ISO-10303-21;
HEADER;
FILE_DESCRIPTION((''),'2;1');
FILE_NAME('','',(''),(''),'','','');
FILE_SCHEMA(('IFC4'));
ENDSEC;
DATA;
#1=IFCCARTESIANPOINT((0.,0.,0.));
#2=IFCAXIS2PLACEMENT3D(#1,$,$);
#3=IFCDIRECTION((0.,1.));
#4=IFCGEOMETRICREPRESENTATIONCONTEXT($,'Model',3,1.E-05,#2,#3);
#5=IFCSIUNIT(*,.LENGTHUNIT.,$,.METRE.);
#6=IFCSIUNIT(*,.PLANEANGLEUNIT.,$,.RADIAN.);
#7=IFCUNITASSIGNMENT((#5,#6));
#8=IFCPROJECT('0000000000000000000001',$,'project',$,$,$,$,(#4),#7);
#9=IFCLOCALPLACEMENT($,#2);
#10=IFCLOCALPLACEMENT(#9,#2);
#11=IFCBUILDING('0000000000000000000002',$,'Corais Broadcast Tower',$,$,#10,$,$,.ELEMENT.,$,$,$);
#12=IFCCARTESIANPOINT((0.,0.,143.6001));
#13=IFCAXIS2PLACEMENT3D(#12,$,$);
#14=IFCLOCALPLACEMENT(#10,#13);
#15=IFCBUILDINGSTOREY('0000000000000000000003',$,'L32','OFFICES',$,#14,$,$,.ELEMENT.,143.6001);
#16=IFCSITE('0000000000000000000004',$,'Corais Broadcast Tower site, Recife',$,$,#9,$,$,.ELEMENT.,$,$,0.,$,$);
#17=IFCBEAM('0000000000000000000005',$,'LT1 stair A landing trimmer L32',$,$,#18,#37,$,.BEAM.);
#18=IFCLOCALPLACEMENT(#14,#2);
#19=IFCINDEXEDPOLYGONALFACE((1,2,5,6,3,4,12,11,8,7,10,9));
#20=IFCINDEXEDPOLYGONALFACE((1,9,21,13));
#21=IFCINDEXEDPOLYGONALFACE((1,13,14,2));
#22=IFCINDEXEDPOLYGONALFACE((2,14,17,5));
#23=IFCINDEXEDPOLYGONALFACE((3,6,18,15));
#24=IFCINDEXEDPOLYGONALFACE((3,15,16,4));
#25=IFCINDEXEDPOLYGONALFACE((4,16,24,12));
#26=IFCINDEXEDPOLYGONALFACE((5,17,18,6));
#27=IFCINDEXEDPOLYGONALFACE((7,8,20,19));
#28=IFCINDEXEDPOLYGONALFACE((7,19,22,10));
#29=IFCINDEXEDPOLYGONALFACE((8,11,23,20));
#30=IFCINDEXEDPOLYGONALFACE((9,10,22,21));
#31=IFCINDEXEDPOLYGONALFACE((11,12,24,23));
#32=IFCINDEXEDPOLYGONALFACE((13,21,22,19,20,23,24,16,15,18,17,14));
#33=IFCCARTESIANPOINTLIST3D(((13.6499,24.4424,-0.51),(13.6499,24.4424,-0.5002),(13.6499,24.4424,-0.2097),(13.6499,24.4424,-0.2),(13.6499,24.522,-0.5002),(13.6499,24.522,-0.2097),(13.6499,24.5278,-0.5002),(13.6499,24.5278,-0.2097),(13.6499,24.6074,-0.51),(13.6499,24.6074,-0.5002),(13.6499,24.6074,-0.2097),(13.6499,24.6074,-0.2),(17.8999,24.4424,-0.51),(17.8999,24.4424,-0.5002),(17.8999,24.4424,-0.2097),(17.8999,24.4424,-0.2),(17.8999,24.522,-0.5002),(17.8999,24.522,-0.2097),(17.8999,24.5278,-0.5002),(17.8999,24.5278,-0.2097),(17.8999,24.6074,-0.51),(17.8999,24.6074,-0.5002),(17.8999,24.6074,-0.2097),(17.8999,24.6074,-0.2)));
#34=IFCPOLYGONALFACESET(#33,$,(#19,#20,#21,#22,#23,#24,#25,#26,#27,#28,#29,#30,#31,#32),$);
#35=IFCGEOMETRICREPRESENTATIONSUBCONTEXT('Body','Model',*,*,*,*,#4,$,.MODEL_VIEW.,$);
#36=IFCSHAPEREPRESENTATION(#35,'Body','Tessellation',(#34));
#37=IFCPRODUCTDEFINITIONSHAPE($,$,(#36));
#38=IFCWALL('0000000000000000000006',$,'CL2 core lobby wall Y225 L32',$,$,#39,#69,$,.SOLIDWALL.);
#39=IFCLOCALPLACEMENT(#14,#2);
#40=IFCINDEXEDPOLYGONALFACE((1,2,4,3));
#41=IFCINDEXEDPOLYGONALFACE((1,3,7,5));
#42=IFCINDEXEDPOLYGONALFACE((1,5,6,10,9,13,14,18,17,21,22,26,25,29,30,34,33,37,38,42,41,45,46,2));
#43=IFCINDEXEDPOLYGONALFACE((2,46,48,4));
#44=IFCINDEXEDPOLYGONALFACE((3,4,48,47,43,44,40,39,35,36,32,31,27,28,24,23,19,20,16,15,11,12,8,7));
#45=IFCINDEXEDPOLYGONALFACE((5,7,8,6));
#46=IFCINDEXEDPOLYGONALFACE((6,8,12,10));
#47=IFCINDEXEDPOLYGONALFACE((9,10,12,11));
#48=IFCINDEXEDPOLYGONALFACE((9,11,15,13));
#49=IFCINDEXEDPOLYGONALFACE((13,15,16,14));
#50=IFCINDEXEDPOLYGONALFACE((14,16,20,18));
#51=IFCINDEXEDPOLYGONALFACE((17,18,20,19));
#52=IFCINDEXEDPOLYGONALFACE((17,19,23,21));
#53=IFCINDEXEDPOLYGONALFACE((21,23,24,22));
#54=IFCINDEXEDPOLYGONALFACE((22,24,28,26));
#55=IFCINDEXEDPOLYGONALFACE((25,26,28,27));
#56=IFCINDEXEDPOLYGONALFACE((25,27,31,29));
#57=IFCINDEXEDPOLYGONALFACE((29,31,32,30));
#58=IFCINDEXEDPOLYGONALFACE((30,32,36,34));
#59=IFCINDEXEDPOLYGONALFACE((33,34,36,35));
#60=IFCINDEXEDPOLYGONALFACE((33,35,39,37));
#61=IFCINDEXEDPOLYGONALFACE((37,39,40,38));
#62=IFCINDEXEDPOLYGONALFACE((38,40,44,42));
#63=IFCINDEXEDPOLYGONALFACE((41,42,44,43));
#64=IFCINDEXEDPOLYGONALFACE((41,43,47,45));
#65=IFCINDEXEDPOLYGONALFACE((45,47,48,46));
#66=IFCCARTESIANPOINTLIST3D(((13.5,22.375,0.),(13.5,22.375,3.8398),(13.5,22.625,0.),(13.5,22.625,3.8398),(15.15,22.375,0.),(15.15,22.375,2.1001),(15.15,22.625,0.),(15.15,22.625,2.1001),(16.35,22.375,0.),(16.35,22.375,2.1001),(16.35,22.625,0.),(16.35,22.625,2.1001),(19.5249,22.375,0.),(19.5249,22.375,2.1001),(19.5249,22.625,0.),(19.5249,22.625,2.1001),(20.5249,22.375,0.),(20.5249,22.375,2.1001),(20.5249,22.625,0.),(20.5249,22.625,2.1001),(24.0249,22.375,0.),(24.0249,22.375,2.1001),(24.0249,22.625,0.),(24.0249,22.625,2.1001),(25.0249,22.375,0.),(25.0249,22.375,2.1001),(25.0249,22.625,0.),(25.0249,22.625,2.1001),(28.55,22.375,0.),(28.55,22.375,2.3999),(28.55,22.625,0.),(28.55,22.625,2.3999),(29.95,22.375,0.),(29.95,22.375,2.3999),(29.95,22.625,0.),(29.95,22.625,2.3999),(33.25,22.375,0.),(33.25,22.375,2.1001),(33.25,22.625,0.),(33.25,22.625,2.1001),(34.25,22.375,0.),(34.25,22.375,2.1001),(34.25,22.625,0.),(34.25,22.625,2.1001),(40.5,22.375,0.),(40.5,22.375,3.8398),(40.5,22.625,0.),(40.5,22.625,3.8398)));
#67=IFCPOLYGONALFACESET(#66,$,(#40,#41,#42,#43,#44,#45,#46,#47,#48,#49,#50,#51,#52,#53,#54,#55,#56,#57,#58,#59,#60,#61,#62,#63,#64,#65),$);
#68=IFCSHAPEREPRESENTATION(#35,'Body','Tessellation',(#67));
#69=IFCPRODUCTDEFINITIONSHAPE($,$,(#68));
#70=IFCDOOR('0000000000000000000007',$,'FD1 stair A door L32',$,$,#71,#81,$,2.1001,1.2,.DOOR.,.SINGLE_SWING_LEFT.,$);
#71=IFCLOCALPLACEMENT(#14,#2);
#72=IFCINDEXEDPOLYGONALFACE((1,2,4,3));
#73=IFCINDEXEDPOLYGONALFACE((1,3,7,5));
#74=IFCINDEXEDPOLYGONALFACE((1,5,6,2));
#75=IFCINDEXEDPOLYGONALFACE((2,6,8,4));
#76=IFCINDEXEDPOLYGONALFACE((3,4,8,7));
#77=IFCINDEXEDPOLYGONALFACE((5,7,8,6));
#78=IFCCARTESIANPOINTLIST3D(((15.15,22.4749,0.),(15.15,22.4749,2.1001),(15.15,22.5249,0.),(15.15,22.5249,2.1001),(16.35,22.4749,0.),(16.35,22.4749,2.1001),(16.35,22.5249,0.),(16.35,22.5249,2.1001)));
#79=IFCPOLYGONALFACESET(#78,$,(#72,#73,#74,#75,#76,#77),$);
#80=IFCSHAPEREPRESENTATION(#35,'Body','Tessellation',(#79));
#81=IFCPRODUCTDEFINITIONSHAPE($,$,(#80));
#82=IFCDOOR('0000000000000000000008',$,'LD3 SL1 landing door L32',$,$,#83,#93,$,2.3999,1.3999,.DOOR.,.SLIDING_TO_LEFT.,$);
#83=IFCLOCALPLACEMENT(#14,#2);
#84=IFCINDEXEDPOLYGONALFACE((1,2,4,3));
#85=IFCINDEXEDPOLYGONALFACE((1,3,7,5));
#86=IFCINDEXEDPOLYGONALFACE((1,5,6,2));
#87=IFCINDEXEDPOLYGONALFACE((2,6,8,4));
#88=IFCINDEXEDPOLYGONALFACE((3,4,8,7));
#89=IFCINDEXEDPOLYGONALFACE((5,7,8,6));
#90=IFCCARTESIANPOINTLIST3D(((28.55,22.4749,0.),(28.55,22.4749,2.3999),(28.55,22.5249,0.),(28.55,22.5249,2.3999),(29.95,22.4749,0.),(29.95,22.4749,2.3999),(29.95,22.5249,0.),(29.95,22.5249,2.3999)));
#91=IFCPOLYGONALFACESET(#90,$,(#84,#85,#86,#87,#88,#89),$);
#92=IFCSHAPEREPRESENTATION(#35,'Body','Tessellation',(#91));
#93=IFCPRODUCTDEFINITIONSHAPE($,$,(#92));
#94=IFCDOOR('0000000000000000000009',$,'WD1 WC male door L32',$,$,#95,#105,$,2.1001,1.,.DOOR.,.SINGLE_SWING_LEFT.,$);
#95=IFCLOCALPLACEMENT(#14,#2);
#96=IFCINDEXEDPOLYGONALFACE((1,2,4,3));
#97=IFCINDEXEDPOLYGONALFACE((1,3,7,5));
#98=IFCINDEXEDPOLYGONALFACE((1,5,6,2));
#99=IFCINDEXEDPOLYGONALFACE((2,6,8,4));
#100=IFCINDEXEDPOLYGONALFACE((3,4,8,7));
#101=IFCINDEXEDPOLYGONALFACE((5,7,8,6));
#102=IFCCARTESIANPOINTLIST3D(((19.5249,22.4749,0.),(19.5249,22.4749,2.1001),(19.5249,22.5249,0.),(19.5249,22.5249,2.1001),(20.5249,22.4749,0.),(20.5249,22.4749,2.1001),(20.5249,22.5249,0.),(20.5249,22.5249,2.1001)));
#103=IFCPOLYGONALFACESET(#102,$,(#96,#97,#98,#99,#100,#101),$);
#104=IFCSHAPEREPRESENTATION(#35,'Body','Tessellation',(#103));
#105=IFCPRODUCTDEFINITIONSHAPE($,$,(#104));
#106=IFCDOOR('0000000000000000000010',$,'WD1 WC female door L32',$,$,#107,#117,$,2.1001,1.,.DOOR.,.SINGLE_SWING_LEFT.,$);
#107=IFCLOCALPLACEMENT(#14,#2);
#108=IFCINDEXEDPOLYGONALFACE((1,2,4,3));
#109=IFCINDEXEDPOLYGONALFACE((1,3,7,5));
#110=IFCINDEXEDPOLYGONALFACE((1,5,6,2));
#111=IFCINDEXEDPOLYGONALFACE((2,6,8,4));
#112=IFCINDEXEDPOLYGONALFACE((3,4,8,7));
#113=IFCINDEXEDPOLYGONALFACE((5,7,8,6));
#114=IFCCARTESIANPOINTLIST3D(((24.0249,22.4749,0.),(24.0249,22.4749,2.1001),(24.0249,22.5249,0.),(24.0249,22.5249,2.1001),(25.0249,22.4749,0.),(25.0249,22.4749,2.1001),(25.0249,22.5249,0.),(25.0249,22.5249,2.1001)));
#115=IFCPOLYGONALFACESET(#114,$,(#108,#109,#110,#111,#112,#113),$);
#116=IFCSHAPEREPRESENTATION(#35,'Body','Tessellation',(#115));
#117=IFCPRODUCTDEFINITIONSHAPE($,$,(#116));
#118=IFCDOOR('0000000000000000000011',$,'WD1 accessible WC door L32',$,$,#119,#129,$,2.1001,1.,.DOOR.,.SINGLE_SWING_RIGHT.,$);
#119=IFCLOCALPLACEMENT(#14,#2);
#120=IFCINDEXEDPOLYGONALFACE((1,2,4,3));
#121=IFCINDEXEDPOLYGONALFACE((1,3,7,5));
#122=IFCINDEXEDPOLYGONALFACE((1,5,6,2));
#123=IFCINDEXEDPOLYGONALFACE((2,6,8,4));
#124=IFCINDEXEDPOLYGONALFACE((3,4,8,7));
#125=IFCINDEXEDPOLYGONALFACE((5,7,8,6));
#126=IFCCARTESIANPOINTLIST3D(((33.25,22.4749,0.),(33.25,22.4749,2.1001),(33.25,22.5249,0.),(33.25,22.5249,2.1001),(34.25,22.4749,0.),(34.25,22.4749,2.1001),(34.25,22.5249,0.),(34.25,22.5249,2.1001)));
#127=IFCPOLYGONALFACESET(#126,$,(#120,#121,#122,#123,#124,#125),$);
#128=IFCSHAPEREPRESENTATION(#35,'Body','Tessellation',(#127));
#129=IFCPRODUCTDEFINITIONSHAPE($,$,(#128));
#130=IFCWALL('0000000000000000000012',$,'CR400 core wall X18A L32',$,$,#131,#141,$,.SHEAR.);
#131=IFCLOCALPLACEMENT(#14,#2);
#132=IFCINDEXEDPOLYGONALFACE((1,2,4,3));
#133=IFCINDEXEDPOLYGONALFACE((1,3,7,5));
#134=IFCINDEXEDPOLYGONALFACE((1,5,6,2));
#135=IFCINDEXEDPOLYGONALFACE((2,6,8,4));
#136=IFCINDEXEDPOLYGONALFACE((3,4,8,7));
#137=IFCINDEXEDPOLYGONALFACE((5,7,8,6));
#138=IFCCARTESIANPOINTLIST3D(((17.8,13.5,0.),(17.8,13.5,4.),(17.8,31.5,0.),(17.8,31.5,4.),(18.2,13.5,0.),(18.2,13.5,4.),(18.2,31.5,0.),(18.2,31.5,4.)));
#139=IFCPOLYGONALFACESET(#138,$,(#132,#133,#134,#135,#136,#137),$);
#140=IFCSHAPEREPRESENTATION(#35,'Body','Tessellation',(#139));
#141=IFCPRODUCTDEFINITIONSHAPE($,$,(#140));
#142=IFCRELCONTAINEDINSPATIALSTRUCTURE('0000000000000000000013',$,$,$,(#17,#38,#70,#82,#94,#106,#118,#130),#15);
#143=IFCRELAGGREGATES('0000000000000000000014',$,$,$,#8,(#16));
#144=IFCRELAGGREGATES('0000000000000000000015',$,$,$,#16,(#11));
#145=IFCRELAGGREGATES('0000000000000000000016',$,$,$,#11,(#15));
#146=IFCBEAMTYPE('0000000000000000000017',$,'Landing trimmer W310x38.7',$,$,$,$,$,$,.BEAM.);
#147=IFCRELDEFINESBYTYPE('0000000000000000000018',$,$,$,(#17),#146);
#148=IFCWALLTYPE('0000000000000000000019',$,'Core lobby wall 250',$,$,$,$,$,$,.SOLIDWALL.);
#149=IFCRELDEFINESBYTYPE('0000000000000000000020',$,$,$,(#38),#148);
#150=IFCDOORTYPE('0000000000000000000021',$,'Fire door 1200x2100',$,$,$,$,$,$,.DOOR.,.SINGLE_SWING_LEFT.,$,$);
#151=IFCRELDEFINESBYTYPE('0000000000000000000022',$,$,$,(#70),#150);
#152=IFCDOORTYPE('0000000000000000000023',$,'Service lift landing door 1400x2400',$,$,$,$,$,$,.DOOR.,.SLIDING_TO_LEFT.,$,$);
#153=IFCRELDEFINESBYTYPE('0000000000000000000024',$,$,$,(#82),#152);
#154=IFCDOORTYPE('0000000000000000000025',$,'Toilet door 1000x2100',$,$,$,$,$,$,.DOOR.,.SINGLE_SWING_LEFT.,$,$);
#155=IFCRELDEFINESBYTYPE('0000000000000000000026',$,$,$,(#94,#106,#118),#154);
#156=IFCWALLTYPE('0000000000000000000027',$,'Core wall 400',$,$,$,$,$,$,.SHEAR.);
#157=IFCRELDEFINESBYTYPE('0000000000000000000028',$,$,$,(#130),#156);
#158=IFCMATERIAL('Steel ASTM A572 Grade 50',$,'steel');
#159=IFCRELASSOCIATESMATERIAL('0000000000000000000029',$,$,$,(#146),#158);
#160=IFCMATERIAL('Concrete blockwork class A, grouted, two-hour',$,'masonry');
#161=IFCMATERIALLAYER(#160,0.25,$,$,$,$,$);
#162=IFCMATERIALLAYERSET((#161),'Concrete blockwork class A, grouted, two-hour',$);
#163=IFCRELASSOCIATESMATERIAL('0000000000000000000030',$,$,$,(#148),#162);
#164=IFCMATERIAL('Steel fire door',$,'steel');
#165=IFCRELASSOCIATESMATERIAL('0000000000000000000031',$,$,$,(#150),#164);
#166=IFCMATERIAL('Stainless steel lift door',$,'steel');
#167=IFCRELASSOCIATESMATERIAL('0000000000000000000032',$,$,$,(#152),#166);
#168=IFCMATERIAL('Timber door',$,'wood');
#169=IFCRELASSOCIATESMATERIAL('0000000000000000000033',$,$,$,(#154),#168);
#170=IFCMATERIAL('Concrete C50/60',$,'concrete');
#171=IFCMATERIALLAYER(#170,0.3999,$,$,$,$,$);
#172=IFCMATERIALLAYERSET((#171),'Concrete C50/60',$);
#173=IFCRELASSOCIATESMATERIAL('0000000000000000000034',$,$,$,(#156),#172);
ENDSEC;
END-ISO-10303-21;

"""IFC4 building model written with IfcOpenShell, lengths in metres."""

from ifc_helpers import new_model, si_unit, direction, frame, frame_2d, origin, origin_2d, place, context, subcontext, project, spatial, rectangle, i_section, extrude, material, layer, layer_set, material_profile, profile_set, type_object, element, fill, save


model = new_model("IFC4")

# Units and contexts
model_context = context("Model", 3, precision=1e-05, world=origin(), true_north=direction((0.0, 1.0)))
body_context = subcontext(model_context, "Body", "Model", "MODEL_VIEW")
ifc_project = project(units=[si_unit("LENGTHUNIT", "METRE"), si_unit("PLANEANGLEUNIT", "RADIAN")], contexts=[model_context])

# Site, building, storey
site_placement = place(None, origin())
site = spatial("IfcSite", under=ifc_project, at=site_placement, Name="Corais Broadcast Tower site, Recife", CompositionType="ELEMENT", RefElevation=0.0)
building_placement = place(site_placement, origin())
building = spatial("IfcBuilding", under=site, at=building_placement, Name="Corais Broadcast Tower", CompositionType="ELEMENT")
storey_placement = place(building_placement, frame((0.0, 0.0, 143.6001)))
storey = spatial("IfcBuildingStorey", under=building, at=storey_placement, Name="L32", Description="OFFICES", CompositionType="ELEMENT", Elevation=143.6001)

# Beam
ifc_material_1 = material(Name="Steel ASTM A572 Grade 50", Category="steel")
ifc_material_profile = material_profile(ifc_material_1, i_section(OverallWidth=0.165, OverallDepth=0.3101, WebThickness=0.0059, FlangeThickness=0.0098, at=origin_2d()), Name="W310x38.7")
ifc_profile_set = profile_set([ifc_material_profile], Name="Steel ASTM A572 Grade 50")
beam_type = type_object("IfcBeamType", Name="Landing trimmer W310x38.7", PredefinedType="BEAM", material=ifc_profile_set)
beam_placement = place(storey_placement, frame((13.6499, 24.5249, -0.355), z_axis=(1.0, 0.0, 0.0), x_axis=(0.0, 1.0, 0.0)))
element("IfcBeam", 1, at=beam_placement, inside=storey, type_object=beam_type, Name="LT1 stair A landing trimmer L32", PredefinedType="BEAM", context=body_context, shape_type="SweptSolid", body=[
    extrude(i_section(OverallWidth=0.165, OverallDepth=0.3101, WebThickness=0.0059, FlangeThickness=0.0098, at=origin_2d()), origin(), (0.0, 0.0, 1.0), 4.25),
])

# Wall, openings, doors
ifc_material_2 = material(Name="Concrete blockwork class A, grouted, two-hour", Category="masonry")
ifc_layer_1 = layer(ifc_material_2, 0.25)
ifc_layer_set_1 = layer_set([ifc_layer_1], Name="Concrete blockwork class A, grouted, two-hour")
wall_type_1 = type_object("IfcWallType", Name="Core lobby wall 250", PredefinedType="SOLIDWALL", material=ifc_layer_set_1)
wall_1_placement = place(storey_placement, frame((13.5, 22.5, 0.0), z_axis=(0.0, 0.0, 1.0), x_axis=(1.0, 0.0, 0.0)))
wall_1 = element("IfcWall", 2, at=wall_1_placement, inside=storey, type_object=wall_type_1, Name="CL2 core lobby wall Y225 L32", PredefinedType="SOLIDWALL", context=body_context, shape_type="SweptSolid", body=[
    extrude(rectangle(XDim=27.0, YDim=0.25, at=frame_2d((13.5, 0.0))), origin(), (0.0, 0.0, 1.0), 3.8398),
])
opening_1_placement = place(wall_1_placement, frame((1.6499, 0.0, 0.0)))
opening_1 = element("IfcOpeningElement", 3, at=opening_1_placement, cuts=wall_1, PredefinedType="OPENING", context=body_context, shape_type="SweptSolid", body=[
    extrude(rectangle(XDim=1.2, YDim=2.1001, at=frame_2d((0.6001, 1.05))), frame((0.0, 0.135, 0.0), z_axis=(0.0, -1.0, 0.0), x_axis=(1.0, 0.0, 0.0)), (0.0, 0.0, 1.0), 0.27),
])
opening_2_placement = place(wall_1_placement, frame((6.0249, 0.0, 0.0)))
opening_2 = element("IfcOpeningElement", 4, at=opening_2_placement, cuts=wall_1, PredefinedType="OPENING", context=body_context, shape_type="SweptSolid", body=[
    extrude(rectangle(XDim=1.0, YDim=2.1001, at=frame_2d((0.5, 1.05))), frame((0.0, 0.135, 0.0), z_axis=(0.0, -1.0, 0.0), x_axis=(1.0, 0.0, 0.0)), (0.0, 0.0, 1.0), 0.27),
])
opening_3_placement = place(wall_1_placement, frame((10.5249, 0.0, 0.0)))
opening_3 = element("IfcOpeningElement", 5, at=opening_3_placement, cuts=wall_1, PredefinedType="OPENING", context=body_context, shape_type="SweptSolid", body=[
    extrude(rectangle(XDim=1.0, YDim=2.1001, at=frame_2d((0.5, 1.05))), frame((0.0, 0.135, 0.0), z_axis=(0.0, -1.0, 0.0), x_axis=(1.0, 0.0, 0.0)), (0.0, 0.0, 1.0), 0.27),
])
opening_4_placement = place(wall_1_placement, frame((19.75, 0.0, 0.0)))
opening_4 = element("IfcOpeningElement", 6, at=opening_4_placement, cuts=wall_1, PredefinedType="OPENING", context=body_context, shape_type="SweptSolid", body=[
    extrude(rectangle(XDim=1.0, YDim=2.1001, at=frame_2d((0.5, 1.05))), frame((0.0, 0.135, 0.0), z_axis=(0.0, -1.0, 0.0), x_axis=(1.0, 0.0, 0.0)), (0.0, 0.0, 1.0), 0.27),
])
opening_5_placement = place(wall_1_placement, frame((15.05, 0.0, 0.0)))
opening_5 = element("IfcOpeningElement", 7, at=opening_5_placement, cuts=wall_1, PredefinedType="OPENING", context=body_context, shape_type="SweptSolid", body=[
    extrude(rectangle(XDim=1.3999, YDim=2.3999, at=frame_2d((0.7, 1.2))), frame((0.0, 0.135, 0.0), z_axis=(0.0, -1.0, 0.0), x_axis=(1.0, 0.0, 0.0)), (0.0, 0.0, 1.0), 0.27),
])
ifc_material_3 = material(Name="Steel fire door", Category="steel")
door_type_1 = type_object("IfcDoorType", Name="Fire door 1200x2100", OperationType="SINGLE_SWING_LEFT", PredefinedType="DOOR", material=ifc_material_3)
door_1_placement = place(opening_1_placement, origin())
door_1 = element("IfcDoor", 8, at=door_1_placement, inside=storey, type_object=door_type_1, Name="FD1 stair A door L32", OperationType="SINGLE_SWING_LEFT", OverallHeight=2.1001, OverallWidth=1.2, PredefinedType="DOOR", context=body_context, shape_type="SweptSolid", body=[
    extrude(rectangle(XDim=1.2, YDim=2.1001, at=frame_2d((0.6001, 1.05))), frame((0.0, 0.0249, 0.0), z_axis=(0.0, -1.0, 0.0), x_axis=(1.0, 0.0, 0.0)), (0.0, 0.0, 1.0), 0.05),
])
fill(opening_1, door_1)
ifc_material_4 = material(Name="Stainless steel lift door", Category="steel")
door_type_2 = type_object("IfcDoorType", Name="Service lift landing door 1400x2400", OperationType="SLIDING_TO_LEFT", PredefinedType="DOOR", material=ifc_material_4)
door_2_placement = place(opening_5_placement, origin())
door_2 = element("IfcDoor", 9, at=door_2_placement, inside=storey, type_object=door_type_2, Name="LD3 SL1 landing door L32", OperationType="SLIDING_TO_LEFT", OverallHeight=2.3999, OverallWidth=1.3999, PredefinedType="DOOR", context=body_context, shape_type="SweptSolid", body=[
    extrude(rectangle(XDim=1.3999, YDim=2.3999, at=frame_2d((0.7, 1.2))), frame((0.0, 0.0249, 0.0), z_axis=(0.0, -1.0, 0.0), x_axis=(1.0, 0.0, 0.0)), (0.0, 0.0, 1.0), 0.05),
])
fill(opening_5, door_2)
ifc_material_5 = material(Name="Timber door", Category="wood")
door_type_3 = type_object("IfcDoorType", Name="Toilet door 1000x2100", OperationType="SINGLE_SWING_LEFT", PredefinedType="DOOR", material=ifc_material_5)
door_3_placement = place(opening_2_placement, origin())
door_3 = element("IfcDoor", 10, at=door_3_placement, inside=storey, type_object=door_type_3, Name="WD1 WC male door L32", OperationType="SINGLE_SWING_LEFT", OverallHeight=2.1001, OverallWidth=1.0, PredefinedType="DOOR", context=body_context, shape_type="SweptSolid", body=[
    extrude(rectangle(XDim=1.0, YDim=2.1001, at=frame_2d((0.5, 1.05))), frame((0.0, 0.0249, 0.0), z_axis=(0.0, -1.0, 0.0), x_axis=(1.0, 0.0, 0.0)), (0.0, 0.0, 1.0), 0.05),
])
fill(opening_2, door_3)
door_4_placement = place(opening_3_placement, origin())
door_4 = element("IfcDoor", 11, at=door_4_placement, inside=storey, type_object=door_type_3, Name="WD1 WC female door L32", OperationType="SINGLE_SWING_LEFT", OverallHeight=2.1001, OverallWidth=1.0, PredefinedType="DOOR", context=body_context, shape_type="SweptSolid", body=[
    extrude(rectangle(XDim=1.0, YDim=2.1001, at=frame_2d((0.5, 1.05))), frame((0.0, 0.0249, 0.0), z_axis=(0.0, -1.0, 0.0), x_axis=(1.0, 0.0, 0.0)), (0.0, 0.0, 1.0), 0.05),
])
fill(opening_3, door_4)
door_5_placement = place(opening_4_placement, origin())
door_5 = element("IfcDoor", 12, at=door_5_placement, inside=storey, type_object=door_type_3, Name="WD1 accessible WC door L32", OperationType="SINGLE_SWING_RIGHT", OverallHeight=2.1001, OverallWidth=1.0, PredefinedType="DOOR", context=body_context, shape_type="SweptSolid", body=[
    extrude(rectangle(XDim=1.0, YDim=2.1001, at=frame_2d((0.5, 1.05))), frame((0.0, 0.0249, 0.0), z_axis=(0.0, -1.0, 0.0), x_axis=(1.0, 0.0, 0.0)), (0.0, 0.0, 1.0), 0.05),
])
fill(opening_4, door_5)

# Wall
ifc_material_6 = material(Name="Concrete C50/60", Category="concrete")
ifc_layer_2 = layer(ifc_material_6, 0.3999)
ifc_layer_set_2 = layer_set([ifc_layer_2], Name="Concrete C50/60")
wall_type_2 = type_object("IfcWallType", Name="Core wall 400", PredefinedType="SHEAR", material=ifc_layer_set_2)
wall_2_placement = place(storey_placement, frame((18.0, 13.5, 0.0), z_axis=(0.0, 0.0, 1.0), x_axis=(0.0, 1.0, 0.0)))
element("IfcWall", 13, at=wall_2_placement, inside=storey, type_object=wall_type_2, Name="CR400 core wall X18A L32", PredefinedType="SHEAR", context=body_context, shape_type="SweptSolid", body=[
    extrude(rectangle(XDim=18.0, YDim=0.3999, at=frame_2d((9.0, 0.0))), origin(), (0.0, 0.0, 1.0), 4.0),
])

save(model, "model.ifc")
